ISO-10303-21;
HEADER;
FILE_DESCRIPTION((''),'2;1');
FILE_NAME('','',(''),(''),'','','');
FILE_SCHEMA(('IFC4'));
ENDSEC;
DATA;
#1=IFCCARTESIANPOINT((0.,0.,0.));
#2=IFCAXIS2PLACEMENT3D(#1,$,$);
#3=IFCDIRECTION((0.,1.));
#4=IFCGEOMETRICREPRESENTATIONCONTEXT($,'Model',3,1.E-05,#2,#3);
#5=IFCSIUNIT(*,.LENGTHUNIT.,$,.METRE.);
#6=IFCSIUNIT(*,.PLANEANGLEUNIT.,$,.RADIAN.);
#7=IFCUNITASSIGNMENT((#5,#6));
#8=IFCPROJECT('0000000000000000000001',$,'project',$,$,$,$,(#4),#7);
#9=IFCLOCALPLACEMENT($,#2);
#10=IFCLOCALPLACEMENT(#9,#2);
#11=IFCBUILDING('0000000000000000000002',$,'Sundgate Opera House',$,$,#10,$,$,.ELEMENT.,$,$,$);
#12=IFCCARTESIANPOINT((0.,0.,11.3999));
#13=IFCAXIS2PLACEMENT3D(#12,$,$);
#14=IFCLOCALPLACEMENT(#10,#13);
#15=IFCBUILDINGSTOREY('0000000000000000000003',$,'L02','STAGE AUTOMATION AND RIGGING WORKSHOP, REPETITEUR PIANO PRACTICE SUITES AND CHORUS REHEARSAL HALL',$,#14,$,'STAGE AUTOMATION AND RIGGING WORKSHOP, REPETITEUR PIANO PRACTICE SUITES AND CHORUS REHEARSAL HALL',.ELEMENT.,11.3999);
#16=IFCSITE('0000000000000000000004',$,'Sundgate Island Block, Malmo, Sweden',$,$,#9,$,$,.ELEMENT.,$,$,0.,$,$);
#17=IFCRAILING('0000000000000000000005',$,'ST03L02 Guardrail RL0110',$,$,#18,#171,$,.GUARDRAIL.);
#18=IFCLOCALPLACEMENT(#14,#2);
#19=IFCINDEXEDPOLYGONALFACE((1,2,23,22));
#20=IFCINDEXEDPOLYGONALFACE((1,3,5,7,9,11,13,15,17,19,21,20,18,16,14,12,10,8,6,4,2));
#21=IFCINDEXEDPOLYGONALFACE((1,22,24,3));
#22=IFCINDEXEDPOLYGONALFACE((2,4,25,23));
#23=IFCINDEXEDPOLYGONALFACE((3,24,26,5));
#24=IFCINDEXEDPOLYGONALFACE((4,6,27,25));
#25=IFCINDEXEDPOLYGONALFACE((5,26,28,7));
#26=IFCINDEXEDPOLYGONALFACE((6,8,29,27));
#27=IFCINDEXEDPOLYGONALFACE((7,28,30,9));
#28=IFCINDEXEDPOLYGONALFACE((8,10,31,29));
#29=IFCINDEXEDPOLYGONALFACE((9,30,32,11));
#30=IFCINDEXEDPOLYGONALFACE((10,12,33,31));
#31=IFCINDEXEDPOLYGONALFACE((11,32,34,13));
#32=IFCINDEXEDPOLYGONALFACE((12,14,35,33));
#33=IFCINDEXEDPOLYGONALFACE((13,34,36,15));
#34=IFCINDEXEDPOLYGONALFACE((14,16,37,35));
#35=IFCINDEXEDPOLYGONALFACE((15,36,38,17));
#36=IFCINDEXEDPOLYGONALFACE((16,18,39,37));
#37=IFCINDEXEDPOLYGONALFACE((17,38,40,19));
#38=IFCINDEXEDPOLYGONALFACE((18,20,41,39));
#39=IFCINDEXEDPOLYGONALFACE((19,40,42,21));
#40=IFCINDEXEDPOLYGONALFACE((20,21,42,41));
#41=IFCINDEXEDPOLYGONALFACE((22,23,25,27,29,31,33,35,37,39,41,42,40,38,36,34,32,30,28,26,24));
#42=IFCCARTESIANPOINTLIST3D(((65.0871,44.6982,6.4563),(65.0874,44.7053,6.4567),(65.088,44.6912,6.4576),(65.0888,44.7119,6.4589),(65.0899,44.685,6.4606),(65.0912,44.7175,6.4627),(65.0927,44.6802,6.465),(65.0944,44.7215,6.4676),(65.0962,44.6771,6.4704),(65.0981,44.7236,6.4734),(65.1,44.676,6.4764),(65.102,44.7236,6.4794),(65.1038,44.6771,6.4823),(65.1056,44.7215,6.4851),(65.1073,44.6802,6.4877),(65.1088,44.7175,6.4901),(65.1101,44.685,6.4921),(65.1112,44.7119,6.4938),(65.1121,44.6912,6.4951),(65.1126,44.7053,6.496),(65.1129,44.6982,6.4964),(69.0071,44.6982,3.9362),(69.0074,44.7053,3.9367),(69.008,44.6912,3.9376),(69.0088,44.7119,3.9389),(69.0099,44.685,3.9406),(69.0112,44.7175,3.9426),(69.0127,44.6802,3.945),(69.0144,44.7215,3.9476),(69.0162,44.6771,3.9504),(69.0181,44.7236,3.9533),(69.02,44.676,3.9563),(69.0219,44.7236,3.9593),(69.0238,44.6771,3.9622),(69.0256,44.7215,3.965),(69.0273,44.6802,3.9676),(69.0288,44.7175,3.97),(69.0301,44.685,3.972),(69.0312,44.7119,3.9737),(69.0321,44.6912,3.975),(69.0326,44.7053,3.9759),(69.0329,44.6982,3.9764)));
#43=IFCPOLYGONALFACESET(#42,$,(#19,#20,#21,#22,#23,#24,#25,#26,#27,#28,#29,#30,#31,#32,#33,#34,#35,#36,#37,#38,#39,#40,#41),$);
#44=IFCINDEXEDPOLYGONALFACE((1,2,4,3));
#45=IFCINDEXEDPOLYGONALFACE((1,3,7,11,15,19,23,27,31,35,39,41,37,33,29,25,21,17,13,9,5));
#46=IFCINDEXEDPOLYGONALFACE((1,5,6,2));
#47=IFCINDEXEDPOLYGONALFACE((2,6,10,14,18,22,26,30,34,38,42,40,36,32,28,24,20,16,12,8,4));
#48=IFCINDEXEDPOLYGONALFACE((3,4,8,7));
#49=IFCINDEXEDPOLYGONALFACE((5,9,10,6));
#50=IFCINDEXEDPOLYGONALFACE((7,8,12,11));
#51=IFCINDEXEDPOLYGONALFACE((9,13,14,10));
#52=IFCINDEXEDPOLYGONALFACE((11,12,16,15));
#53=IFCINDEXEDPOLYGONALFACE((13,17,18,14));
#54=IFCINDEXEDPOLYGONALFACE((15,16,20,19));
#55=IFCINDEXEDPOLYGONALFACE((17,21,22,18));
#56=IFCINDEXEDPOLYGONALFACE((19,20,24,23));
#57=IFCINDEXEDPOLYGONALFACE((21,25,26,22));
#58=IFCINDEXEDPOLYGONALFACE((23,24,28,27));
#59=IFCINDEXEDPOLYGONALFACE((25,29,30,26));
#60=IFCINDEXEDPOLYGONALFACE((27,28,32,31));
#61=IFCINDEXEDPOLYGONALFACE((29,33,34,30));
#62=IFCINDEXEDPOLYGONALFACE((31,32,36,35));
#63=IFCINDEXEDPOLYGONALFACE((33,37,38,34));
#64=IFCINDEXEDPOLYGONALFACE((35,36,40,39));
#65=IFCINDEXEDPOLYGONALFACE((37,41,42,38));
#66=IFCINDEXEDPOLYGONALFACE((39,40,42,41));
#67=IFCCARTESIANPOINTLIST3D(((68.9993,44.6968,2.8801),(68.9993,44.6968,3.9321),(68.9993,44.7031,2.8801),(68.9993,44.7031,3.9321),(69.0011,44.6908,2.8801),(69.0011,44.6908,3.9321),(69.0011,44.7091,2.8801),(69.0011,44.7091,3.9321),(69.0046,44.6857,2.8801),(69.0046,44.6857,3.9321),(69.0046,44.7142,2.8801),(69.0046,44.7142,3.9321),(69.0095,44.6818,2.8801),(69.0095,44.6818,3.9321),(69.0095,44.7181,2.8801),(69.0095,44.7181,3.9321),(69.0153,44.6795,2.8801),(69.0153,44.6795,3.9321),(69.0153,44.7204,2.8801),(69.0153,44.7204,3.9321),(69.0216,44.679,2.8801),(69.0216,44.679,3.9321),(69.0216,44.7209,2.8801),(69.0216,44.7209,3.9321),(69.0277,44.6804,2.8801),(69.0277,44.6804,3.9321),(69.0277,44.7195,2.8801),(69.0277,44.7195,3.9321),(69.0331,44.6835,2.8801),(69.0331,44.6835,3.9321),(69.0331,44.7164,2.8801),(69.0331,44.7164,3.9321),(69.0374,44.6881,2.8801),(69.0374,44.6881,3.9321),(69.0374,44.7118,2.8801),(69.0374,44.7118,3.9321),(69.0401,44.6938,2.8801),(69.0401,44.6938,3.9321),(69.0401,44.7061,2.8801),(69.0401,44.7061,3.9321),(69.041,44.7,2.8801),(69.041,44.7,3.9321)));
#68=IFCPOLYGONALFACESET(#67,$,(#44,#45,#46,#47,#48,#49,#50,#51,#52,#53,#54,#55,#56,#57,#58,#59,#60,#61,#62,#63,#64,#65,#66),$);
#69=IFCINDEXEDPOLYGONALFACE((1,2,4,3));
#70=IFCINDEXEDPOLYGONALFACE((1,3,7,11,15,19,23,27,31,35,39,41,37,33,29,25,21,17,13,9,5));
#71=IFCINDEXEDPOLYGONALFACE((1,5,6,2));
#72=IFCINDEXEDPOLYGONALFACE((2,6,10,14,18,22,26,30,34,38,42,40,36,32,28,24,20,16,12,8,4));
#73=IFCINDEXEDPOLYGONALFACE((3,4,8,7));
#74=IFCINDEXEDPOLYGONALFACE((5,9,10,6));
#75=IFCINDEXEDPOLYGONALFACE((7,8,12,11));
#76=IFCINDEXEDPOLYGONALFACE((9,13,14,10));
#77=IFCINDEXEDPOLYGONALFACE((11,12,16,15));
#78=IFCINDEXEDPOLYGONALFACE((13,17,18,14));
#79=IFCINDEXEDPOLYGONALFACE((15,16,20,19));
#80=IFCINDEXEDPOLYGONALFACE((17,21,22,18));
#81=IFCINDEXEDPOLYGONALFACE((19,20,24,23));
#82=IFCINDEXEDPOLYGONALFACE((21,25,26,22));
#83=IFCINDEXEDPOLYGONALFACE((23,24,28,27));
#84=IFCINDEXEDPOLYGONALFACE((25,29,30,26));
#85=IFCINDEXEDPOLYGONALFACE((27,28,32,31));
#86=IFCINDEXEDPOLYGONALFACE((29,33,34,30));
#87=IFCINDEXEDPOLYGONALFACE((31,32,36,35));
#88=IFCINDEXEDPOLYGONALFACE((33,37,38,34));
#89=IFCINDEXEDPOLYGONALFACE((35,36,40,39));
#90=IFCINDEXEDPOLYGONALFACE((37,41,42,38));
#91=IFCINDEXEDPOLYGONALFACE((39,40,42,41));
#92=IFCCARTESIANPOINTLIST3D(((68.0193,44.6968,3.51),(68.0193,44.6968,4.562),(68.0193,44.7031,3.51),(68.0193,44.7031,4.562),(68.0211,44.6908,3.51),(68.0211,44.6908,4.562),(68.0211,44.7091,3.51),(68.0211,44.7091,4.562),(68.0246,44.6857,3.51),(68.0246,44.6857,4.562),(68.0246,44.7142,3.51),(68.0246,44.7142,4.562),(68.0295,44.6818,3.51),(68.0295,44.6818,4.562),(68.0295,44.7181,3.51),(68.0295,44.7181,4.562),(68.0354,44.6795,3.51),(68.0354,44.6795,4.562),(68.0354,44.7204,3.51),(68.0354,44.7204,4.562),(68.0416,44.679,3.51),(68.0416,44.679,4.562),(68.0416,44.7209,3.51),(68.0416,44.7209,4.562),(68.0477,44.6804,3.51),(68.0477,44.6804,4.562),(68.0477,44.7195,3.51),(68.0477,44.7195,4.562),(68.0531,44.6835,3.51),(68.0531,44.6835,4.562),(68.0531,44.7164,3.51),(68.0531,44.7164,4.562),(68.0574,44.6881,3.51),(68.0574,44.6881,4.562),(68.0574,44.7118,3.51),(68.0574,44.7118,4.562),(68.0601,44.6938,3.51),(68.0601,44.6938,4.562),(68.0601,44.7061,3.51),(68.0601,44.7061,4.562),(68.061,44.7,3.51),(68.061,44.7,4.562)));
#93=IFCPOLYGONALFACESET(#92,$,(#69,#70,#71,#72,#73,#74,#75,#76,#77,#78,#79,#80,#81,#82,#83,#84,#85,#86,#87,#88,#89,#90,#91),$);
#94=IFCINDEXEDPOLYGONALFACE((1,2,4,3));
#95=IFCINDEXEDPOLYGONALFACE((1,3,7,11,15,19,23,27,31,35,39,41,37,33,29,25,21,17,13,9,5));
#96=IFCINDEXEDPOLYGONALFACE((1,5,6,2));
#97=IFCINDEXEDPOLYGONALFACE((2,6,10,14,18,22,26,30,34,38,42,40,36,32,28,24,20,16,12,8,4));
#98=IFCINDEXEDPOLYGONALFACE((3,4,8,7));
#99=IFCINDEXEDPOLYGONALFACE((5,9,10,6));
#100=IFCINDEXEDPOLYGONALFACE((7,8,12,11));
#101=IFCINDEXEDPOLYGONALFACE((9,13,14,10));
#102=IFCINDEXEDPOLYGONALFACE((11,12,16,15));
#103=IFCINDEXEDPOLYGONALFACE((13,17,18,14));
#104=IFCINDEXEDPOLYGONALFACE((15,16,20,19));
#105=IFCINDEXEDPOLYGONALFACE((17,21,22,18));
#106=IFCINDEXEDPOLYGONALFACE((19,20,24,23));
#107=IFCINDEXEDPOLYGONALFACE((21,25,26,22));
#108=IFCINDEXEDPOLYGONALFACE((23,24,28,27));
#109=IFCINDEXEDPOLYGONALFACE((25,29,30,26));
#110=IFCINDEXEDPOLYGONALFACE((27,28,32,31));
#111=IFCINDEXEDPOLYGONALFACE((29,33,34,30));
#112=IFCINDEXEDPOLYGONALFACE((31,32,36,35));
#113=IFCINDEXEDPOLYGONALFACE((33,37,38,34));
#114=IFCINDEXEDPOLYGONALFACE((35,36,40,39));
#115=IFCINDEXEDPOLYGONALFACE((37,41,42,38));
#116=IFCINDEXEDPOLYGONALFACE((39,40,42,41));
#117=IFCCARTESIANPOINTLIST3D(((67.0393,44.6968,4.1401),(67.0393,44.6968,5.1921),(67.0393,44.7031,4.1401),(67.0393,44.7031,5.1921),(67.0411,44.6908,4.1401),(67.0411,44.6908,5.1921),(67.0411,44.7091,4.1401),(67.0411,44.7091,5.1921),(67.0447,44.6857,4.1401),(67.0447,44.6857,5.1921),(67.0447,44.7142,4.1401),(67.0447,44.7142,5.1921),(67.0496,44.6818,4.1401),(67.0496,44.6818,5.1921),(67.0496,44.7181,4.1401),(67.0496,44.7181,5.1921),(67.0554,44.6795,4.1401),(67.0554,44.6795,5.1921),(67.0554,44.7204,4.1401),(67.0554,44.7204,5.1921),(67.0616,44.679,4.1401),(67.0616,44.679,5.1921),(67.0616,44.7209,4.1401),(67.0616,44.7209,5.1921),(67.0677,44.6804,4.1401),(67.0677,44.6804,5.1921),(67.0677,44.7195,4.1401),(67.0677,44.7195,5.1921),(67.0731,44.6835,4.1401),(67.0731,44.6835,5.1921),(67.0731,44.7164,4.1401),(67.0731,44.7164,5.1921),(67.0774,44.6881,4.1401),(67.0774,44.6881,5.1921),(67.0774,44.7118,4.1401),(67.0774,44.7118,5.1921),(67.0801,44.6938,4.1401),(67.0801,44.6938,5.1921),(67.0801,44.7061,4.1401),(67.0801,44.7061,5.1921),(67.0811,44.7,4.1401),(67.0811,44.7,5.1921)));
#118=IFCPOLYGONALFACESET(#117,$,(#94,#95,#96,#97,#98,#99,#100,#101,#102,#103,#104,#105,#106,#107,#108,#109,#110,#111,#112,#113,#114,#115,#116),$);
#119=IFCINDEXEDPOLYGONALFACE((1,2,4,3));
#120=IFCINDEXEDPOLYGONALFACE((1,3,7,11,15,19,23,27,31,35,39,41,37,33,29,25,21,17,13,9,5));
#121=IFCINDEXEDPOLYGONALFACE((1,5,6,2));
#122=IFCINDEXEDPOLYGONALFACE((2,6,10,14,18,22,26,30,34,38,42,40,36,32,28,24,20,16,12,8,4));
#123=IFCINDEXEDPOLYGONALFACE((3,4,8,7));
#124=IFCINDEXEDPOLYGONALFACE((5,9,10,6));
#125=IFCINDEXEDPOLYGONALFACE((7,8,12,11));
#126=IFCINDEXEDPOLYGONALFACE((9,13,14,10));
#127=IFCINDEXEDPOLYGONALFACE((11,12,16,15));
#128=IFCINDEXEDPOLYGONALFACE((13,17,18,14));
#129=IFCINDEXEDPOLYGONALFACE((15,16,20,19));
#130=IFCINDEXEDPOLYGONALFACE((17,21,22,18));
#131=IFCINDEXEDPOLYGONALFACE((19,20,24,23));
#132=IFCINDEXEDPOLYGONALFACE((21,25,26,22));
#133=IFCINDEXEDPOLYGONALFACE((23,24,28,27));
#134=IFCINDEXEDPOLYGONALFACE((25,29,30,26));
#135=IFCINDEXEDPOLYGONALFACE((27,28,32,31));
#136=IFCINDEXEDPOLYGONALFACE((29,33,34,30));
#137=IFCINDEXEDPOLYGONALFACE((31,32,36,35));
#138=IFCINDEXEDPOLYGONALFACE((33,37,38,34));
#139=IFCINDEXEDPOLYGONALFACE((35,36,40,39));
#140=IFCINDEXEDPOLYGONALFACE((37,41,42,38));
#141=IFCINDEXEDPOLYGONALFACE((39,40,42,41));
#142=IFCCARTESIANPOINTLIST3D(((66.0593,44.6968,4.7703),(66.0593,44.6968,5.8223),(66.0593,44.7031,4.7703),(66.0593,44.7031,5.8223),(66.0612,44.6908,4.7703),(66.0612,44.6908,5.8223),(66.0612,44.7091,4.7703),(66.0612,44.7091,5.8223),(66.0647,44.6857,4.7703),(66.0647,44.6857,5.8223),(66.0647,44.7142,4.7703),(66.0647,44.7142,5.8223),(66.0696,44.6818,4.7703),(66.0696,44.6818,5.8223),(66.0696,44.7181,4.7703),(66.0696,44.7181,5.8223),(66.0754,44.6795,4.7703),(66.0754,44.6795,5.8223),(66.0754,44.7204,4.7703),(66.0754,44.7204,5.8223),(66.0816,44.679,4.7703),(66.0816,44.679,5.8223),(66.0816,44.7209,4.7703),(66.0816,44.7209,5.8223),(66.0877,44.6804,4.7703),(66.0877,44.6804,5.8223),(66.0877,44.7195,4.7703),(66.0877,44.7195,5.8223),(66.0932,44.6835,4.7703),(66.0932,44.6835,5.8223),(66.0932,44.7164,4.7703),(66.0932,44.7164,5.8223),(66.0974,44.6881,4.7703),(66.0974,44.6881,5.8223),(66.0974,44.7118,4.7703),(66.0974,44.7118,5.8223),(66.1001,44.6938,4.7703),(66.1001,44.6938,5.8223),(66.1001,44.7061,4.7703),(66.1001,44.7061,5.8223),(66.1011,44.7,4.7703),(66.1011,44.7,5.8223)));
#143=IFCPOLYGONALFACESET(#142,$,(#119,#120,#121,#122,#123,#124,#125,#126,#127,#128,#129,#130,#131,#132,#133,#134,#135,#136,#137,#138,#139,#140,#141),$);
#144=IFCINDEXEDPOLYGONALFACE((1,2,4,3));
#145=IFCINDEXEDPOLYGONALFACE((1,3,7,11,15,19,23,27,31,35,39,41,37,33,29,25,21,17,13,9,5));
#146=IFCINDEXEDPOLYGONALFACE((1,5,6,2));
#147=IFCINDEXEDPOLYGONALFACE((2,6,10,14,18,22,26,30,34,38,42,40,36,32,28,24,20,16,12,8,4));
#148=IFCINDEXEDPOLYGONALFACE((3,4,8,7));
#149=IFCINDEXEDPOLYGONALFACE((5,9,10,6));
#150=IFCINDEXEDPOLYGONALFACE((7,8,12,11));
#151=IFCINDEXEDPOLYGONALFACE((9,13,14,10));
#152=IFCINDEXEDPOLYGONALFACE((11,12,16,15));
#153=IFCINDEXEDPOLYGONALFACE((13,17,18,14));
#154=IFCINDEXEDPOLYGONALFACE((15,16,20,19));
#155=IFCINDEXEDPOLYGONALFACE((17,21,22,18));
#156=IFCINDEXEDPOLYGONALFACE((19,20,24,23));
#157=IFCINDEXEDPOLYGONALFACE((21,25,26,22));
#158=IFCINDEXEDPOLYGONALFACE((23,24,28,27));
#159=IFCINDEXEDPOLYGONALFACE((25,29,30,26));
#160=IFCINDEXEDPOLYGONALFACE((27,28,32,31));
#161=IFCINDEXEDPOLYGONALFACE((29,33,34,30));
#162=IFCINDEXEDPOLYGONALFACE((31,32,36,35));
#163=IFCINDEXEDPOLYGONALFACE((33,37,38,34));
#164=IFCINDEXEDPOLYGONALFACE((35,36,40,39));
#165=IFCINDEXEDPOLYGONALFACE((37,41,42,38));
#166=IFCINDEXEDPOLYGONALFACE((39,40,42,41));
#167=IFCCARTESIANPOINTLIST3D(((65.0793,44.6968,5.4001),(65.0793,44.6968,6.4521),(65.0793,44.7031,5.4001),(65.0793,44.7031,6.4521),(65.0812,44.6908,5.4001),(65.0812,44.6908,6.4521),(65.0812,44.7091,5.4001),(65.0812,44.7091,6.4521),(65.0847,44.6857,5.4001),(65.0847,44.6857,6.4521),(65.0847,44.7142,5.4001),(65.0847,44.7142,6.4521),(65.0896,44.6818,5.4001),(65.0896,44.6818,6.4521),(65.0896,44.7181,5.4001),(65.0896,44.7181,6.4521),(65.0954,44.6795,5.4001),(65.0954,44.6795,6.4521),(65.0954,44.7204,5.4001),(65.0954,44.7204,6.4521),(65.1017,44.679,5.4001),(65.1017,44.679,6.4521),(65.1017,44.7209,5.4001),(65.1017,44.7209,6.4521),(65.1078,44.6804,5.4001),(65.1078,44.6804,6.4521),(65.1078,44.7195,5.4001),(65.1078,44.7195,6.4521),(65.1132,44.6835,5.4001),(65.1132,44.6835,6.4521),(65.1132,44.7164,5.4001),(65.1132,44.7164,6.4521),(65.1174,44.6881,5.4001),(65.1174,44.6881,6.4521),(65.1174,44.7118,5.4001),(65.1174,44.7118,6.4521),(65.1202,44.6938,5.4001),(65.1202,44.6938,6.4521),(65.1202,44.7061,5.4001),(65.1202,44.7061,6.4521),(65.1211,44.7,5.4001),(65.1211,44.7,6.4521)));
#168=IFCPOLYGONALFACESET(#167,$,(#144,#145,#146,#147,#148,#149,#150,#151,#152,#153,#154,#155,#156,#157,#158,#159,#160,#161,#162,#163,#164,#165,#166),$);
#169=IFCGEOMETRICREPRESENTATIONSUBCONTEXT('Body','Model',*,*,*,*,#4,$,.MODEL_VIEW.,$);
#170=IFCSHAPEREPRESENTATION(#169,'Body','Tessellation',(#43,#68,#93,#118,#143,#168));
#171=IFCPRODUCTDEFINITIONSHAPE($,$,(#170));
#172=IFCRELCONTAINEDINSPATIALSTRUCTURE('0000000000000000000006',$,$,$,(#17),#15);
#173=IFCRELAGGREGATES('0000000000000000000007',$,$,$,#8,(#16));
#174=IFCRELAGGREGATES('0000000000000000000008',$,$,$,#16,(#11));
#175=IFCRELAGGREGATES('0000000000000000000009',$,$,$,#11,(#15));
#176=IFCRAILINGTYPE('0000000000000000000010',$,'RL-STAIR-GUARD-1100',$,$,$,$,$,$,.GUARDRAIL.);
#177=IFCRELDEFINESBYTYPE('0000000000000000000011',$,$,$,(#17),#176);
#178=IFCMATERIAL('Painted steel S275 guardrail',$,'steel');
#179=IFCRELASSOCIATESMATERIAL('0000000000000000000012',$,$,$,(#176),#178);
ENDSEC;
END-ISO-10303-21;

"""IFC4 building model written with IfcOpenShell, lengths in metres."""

from ifc_helpers import new_model, si_unit, direction, frame, origin, origin_2d, place, context, subcontext, project, spatial, circle, extrude, material, type_object, element, save


model = new_model("IFC4")

# Units and contexts
model_context = context("Model", 3, precision=1e-05, world=origin(), true_north=direction((0.0, 1.0)))
body_context = subcontext(model_context, "Body", "Model", "MODEL_VIEW")
ifc_project = project(units=[si_unit("LENGTHUNIT", "METRE"), si_unit("PLANEANGLEUNIT", "RADIAN")], contexts=[model_context])

# Site, building, storey
site_placement = place(None, origin())
site = spatial("IfcSite", under=ifc_project, at=site_placement, Name="Sundgate Island Block, Malmo, Sweden", CompositionType="ELEMENT", RefElevation=0.0)
building_placement = place(site_placement, origin())
building = spatial("IfcBuilding", under=site, at=building_placement, Name="Sundgate Opera House", CompositionType="ELEMENT")
storey_placement = place(building_placement, frame((0.0, 0.0, 11.3999)))
storey = spatial("IfcBuildingStorey", under=building, at=storey_placement, Name="L02", Description="STAGE AUTOMATION AND RIGGING WORKSHOP, REPETITEUR PIANO PRACTICE SUITES AND CHORUS REHEARSAL HALL", LongName="STAGE AUTOMATION AND RIGGING WORKSHOP, REPETITEUR PIANO PRACTICE SUITES AND CHORUS REHEARSAL HALL", CompositionType="ELEMENT", Elevation=11.3999)

# Railing
ifc_material_1 = material(Name="Painted steel S275 guardrail", Category="steel")
railing_type_1 = type_object("IfcRailingType", Name="RL-STAIR-GUARD-1100", PredefinedType="GUARDRAIL", material=ifc_material_1)
railing_1_placement = place(storey_placement, frame((69.02, 44.7, 2.8801)))
element("IfcRailing", 1, at=railing_1_placement, inside=storey, type_object=railing_type_1, Name="ST03L02 Guardrail RL0110", PredefinedType="GUARDRAIL", context=body_context, shape_type="SweptSolid", body=[
    extrude(circle(Radius=0.0239, at=origin_2d()), frame((0.0, 0.0, 1.0762), z_axis=(-0.841172, 0.0, 0.540768), x_axis=(0.0, -1.0, 0.0)), (0.0, 0.0, 1.0), 4.6602),
    extrude(circle(Radius=0.021, at=origin_2d()), origin(), (0.0, 0.0, 1.0), 1.052),
    extrude(circle(Radius=0.021, at=origin_2d()), frame((-0.98, 0.0, 0.6299)), (0.0, 0.0, 1.0), 1.052),
    extrude(circle(Radius=0.021, at=origin_2d()), frame((-1.96, 0.0, 1.26)), (0.0, 0.0, 1.0), 1.052),
    extrude(circle(Radius=0.021, at=origin_2d()), frame((-2.9399, 0.0, 1.8901)), (0.0, 0.0, 1.0), 1.052),
    extrude(circle(Radius=0.021, at=origin_2d()), frame((-3.9199, 0.0, 2.52)), (0.0, 0.0, 1.0), 1.052),
])

save(model, "model.ifc")
